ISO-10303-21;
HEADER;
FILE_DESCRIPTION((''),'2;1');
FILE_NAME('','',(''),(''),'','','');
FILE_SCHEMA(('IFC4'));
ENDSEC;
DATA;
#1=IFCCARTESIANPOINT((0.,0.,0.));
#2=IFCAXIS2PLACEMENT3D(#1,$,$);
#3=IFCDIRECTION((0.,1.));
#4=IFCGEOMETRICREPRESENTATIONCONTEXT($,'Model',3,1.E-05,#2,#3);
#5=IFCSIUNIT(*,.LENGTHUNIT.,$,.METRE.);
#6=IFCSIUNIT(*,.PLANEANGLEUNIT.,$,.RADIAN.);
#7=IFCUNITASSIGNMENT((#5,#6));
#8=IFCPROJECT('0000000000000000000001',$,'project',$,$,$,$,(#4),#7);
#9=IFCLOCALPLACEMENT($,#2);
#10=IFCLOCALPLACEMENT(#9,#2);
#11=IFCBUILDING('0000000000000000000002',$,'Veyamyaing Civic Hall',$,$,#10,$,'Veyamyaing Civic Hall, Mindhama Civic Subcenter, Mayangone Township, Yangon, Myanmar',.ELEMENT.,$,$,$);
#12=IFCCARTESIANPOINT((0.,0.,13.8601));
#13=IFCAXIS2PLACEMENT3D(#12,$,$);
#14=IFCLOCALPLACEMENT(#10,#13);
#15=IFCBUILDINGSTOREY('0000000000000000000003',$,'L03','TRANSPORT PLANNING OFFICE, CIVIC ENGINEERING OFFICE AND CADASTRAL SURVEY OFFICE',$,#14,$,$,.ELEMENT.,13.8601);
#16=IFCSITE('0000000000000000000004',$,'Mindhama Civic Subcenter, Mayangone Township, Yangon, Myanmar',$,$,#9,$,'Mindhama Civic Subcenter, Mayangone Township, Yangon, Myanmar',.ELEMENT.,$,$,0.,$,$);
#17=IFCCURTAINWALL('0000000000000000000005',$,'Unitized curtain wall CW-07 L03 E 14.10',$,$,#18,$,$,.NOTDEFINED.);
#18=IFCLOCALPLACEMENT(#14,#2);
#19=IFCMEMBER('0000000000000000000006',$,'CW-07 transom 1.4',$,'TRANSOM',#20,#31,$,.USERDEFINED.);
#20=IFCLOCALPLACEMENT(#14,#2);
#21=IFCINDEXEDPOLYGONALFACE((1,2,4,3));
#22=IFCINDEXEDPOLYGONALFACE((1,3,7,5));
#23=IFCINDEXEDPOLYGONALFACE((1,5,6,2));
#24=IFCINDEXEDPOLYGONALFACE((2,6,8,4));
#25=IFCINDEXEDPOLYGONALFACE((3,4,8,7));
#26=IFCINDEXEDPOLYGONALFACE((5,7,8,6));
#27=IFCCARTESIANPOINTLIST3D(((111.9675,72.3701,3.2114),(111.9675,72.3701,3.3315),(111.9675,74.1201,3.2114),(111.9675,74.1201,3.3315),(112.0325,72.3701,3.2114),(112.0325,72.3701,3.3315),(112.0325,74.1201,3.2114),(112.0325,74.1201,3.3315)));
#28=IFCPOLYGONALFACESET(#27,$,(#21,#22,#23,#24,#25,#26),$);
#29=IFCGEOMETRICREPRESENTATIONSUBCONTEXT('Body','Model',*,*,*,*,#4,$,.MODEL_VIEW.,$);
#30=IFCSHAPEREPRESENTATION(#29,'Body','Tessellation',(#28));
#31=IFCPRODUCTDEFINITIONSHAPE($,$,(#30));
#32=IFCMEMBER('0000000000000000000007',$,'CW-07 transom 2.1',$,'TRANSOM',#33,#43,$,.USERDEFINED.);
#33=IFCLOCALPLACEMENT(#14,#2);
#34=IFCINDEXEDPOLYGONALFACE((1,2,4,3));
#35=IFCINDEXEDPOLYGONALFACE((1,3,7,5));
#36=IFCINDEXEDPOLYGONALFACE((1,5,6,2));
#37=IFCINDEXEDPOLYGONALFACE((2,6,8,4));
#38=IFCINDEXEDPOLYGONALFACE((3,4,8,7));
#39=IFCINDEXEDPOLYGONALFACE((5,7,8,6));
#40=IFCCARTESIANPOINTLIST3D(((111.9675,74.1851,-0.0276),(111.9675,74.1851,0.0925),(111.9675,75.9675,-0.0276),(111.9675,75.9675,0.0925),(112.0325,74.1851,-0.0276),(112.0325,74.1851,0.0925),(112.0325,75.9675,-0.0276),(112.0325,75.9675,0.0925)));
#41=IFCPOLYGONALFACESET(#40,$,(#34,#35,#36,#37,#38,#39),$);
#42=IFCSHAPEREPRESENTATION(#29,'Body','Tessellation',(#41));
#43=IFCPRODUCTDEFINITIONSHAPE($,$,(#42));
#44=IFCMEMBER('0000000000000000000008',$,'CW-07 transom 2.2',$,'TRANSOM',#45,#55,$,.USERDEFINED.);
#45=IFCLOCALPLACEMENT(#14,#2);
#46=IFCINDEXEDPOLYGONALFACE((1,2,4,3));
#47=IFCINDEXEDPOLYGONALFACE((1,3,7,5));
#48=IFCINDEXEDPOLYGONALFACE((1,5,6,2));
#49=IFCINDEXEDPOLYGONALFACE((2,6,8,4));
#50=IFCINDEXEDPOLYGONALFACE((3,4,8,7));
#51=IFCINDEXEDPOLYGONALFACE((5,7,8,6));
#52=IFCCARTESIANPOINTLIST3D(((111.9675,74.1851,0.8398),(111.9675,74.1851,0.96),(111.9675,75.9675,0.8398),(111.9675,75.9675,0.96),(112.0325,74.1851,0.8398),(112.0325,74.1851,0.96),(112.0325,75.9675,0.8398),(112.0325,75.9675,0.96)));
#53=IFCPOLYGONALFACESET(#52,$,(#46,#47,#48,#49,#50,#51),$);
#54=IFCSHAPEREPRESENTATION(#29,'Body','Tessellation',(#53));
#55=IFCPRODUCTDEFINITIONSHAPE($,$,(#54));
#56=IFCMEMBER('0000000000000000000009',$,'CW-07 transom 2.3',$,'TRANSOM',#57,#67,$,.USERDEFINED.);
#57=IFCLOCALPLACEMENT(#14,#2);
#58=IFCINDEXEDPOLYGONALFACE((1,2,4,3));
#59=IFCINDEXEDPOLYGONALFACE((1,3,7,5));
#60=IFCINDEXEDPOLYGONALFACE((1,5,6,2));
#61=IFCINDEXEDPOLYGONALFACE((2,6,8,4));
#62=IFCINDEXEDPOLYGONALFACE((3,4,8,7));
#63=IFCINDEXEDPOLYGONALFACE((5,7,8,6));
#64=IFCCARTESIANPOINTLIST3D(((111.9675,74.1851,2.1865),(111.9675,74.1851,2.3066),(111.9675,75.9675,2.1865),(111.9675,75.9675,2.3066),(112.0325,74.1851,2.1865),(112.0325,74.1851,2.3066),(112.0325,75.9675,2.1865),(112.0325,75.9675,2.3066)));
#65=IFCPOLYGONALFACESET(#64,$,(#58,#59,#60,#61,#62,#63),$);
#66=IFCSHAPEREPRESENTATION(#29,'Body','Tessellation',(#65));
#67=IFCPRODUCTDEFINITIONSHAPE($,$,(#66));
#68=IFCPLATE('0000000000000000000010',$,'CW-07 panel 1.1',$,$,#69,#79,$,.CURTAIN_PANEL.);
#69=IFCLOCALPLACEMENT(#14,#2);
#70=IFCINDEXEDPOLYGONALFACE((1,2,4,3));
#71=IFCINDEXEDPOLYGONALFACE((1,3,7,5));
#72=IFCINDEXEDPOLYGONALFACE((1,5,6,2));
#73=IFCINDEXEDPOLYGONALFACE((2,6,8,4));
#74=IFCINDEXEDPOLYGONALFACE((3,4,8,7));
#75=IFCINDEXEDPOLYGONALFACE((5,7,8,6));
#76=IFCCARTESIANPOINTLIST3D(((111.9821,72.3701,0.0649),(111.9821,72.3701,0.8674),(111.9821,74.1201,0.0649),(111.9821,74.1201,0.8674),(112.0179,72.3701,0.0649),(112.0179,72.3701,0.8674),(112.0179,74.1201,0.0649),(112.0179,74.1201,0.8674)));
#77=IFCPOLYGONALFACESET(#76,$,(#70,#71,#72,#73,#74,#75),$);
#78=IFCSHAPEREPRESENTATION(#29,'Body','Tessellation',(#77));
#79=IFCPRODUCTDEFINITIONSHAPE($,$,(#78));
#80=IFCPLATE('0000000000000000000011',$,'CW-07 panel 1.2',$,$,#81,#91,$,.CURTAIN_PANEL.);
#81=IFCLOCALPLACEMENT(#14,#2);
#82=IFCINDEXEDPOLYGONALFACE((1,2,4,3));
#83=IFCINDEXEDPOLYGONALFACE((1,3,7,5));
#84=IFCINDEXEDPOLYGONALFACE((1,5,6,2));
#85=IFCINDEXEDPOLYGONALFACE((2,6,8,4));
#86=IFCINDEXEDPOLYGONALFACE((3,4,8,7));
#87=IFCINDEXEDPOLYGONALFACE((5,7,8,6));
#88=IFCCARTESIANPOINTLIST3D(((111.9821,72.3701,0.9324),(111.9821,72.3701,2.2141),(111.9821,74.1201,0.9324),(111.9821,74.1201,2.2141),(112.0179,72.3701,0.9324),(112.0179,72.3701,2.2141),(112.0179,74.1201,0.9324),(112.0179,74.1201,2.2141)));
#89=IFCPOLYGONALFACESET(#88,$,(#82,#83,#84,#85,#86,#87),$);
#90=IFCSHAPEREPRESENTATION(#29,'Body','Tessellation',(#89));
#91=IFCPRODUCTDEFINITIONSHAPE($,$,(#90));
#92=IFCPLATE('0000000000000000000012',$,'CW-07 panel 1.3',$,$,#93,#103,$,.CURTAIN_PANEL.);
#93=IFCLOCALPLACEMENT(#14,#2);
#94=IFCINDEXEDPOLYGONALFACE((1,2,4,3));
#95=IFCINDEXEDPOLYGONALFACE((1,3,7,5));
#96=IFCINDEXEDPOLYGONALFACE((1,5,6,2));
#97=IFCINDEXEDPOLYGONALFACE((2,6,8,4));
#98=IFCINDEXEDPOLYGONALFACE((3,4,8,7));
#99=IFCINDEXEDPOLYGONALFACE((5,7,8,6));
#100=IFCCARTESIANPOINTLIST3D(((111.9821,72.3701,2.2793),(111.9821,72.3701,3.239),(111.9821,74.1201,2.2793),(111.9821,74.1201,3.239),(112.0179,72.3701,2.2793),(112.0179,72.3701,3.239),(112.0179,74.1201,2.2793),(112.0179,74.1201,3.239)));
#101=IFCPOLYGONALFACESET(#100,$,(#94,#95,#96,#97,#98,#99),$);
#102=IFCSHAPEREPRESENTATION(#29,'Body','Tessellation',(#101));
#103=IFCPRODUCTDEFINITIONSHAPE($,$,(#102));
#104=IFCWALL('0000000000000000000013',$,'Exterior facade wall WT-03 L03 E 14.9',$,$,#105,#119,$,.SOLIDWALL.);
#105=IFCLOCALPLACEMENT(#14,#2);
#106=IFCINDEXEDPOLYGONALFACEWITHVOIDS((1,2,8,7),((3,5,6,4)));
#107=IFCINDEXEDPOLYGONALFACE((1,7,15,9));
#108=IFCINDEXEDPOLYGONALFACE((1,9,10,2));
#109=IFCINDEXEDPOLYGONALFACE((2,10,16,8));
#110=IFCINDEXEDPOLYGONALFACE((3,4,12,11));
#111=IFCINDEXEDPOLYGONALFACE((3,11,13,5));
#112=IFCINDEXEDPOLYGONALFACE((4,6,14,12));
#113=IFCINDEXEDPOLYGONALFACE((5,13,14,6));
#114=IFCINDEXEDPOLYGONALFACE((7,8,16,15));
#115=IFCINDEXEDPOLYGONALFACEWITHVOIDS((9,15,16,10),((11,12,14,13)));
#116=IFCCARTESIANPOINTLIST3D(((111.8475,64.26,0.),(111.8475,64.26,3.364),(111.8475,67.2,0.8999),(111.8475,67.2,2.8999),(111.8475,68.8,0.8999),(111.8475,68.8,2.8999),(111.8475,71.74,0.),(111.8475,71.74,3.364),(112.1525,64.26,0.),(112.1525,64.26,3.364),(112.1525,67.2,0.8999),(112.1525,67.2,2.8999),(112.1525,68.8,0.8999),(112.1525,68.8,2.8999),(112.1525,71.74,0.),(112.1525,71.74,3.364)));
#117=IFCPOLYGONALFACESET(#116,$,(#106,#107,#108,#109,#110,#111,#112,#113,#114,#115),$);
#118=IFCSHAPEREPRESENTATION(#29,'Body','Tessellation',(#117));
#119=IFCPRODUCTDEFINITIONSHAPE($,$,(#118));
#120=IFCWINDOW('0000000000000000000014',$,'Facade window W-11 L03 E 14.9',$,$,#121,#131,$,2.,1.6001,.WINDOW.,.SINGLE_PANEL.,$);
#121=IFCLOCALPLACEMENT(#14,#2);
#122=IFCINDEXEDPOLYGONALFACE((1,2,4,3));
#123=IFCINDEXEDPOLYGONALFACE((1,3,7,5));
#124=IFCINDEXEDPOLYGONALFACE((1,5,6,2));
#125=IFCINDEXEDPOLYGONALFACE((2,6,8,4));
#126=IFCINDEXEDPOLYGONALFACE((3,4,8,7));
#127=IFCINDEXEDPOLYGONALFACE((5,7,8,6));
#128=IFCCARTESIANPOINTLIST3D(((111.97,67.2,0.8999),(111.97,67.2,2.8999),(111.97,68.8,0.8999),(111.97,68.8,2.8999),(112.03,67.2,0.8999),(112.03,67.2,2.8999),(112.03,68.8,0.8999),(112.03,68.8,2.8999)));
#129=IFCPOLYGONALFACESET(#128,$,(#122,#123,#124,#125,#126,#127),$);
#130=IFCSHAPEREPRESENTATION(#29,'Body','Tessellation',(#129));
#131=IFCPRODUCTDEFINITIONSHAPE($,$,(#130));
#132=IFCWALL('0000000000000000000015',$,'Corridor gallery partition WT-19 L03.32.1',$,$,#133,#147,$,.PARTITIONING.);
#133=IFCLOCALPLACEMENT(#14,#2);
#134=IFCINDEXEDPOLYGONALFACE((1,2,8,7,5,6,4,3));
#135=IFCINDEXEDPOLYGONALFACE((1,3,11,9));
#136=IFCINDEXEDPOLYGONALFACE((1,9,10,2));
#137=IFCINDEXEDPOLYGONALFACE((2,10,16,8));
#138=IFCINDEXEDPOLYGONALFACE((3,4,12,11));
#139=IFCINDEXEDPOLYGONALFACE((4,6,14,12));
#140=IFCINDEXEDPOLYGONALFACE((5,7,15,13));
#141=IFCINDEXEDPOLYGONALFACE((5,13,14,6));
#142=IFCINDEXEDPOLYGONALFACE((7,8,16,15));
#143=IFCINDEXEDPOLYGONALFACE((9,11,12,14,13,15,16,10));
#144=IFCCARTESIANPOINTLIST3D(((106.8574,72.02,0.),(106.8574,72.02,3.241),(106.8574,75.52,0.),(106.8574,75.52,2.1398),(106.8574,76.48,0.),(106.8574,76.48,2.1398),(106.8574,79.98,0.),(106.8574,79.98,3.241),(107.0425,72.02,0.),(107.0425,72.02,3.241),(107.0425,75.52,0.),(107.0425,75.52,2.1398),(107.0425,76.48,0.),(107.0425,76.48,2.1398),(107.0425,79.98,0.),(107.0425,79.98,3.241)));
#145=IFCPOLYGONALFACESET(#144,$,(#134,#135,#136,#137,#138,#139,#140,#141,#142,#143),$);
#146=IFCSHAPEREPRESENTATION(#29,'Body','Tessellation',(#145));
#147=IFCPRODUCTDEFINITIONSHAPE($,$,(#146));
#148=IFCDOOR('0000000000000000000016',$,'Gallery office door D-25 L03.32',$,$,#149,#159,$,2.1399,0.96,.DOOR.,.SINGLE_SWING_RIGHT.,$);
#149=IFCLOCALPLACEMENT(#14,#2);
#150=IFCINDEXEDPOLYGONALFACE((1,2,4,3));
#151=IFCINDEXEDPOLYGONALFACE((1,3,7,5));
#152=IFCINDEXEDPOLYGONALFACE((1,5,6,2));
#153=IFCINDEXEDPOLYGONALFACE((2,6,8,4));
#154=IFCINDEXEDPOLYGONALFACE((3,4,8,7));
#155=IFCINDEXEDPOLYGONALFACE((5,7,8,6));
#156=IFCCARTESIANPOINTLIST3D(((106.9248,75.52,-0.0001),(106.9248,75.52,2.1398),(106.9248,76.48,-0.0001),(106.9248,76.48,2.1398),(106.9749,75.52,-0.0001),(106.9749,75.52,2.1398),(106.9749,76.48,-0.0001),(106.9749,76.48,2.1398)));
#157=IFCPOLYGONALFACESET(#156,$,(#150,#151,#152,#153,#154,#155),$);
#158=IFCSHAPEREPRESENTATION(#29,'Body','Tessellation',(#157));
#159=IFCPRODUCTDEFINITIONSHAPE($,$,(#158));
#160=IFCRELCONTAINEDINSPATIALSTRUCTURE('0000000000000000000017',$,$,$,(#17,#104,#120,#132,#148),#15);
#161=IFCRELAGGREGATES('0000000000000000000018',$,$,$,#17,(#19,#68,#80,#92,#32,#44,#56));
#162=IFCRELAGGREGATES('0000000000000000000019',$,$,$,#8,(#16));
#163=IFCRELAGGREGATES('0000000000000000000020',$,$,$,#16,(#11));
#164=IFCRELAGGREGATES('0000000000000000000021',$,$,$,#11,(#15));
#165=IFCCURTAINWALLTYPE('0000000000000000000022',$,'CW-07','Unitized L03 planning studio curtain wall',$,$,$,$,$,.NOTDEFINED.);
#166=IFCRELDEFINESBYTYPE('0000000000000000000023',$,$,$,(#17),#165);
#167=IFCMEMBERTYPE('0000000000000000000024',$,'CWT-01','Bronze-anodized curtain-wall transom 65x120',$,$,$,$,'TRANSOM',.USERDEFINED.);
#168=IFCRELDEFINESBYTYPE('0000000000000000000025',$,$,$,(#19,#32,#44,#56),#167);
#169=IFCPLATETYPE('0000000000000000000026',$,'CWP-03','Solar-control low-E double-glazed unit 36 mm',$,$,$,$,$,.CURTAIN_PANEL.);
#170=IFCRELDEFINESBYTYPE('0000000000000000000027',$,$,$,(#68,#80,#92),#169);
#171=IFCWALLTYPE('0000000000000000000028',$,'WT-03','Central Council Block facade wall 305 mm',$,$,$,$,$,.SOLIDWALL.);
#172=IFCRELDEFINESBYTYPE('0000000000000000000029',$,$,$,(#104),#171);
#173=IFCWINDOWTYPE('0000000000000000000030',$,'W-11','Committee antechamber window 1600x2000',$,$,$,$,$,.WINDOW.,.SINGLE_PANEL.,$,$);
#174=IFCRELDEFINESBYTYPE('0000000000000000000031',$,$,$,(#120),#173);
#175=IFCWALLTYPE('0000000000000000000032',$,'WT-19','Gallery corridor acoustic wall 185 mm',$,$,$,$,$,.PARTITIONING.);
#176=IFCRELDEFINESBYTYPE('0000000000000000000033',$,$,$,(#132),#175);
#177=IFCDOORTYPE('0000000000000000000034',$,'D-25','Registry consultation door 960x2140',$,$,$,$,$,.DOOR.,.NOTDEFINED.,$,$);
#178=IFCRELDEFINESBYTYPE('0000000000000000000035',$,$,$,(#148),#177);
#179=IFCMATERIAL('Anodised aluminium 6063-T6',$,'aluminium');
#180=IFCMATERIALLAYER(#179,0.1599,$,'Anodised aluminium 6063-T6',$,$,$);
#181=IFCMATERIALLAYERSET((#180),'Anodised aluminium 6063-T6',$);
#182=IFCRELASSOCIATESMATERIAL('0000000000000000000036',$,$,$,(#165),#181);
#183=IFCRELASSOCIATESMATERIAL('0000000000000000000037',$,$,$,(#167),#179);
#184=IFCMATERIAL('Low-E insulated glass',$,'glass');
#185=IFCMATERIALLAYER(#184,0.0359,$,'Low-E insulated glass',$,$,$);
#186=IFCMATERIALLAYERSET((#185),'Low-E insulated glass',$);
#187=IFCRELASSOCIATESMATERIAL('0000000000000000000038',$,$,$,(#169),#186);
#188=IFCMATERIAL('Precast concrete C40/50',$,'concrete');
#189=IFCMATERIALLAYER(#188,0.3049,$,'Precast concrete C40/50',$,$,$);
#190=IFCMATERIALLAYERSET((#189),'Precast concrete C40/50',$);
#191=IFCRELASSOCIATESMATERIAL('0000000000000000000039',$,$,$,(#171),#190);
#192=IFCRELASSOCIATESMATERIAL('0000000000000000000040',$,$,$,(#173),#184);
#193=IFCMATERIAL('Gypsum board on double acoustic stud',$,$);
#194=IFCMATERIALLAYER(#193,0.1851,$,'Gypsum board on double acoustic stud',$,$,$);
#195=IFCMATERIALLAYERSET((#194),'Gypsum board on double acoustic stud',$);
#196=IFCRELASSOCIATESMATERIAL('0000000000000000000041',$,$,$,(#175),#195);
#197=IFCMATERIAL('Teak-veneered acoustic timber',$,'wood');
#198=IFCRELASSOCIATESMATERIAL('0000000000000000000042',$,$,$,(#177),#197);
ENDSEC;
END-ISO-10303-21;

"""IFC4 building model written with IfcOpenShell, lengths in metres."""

from ifc_helpers import new_model, si_unit, direction, frame, frame_2d, origin, origin_2d, place, context, subcontext, project, spatial, rectangle, extrude, material, layer, layer_set, material_profile, profile_set, type_object, element, fill, aggregate, save


model = new_model("IFC4")

# Units and contexts
model_context = context("Model", 3, precision=1e-05, world=origin(), true_north=direction((0.0, 1.0)))
body_context = subcontext(model_context, "Body", "Model", "MODEL_VIEW")
ifc_project = project(units=[si_unit("LENGTHUNIT", "METRE"), si_unit("PLANEANGLEUNIT", "RADIAN")], contexts=[model_context])

# Site, building, storey
site_placement = place(None, origin())
site = spatial("IfcSite", under=ifc_project, at=site_placement, Name="Mindhama Civic Subcenter, Mayangone Township, Yangon, Myanmar", LongName="Mindhama Civic Subcenter, Mayangone Township, Yangon, Myanmar", CompositionType="ELEMENT", RefElevation=0.0)
building_placement = place(site_placement, origin())
building = spatial("IfcBuilding", under=site, at=building_placement, Name="Veyamyaing Civic Hall", LongName="Veyamyaing Civic Hall, Mindhama Civic Subcenter, Mayangone Township, Yangon, Myanmar", CompositionType="ELEMENT")
storey_placement = place(building_placement, frame((0.0, 0.0, 13.8601)))
storey = spatial("IfcBuildingStorey", under=building, at=storey_placement, Name="L03", Description="TRANSPORT PLANNING OFFICE, CIVIC ENGINEERING OFFICE AND CADASTRAL SURVEY OFFICE", CompositionType="ELEMENT", Elevation=13.8601)

# Curtain wall, members, plates
ifc_material_1 = material(Name="Anodised aluminium 6063-T6", Category="aluminium")
ifc_layer_1 = layer(ifc_material_1, 0.1599, Name="Anodised aluminium 6063-T6")
ifc_layer_set_1 = layer_set([ifc_layer_1], Name="Anodised aluminium 6063-T6")
curtain_wall_type = type_object("IfcCurtainWallType", Name="CW-07", Description="Unitized L03 planning studio curtain wall", PredefinedType="NOTDEFINED", material=ifc_layer_set_1)
curtain_wall_placement = place(storey_placement, origin())
curtain_wall = element("IfcCurtainWall", 1, at=curtain_wall_placement, inside=storey, type_object=curtain_wall_type, Name="Unitized curtain wall CW-07 L03 E 14.10", PredefinedType="NOTDEFINED")
ifc_material_profile_1 = material_profile(ifc_material_1, rectangle(XDim=0.0649, YDim=0.1201, at=origin_2d()), Name="ALU-TRN-65X120")
ifc_profile_set_1 = profile_set([ifc_material_profile_1], Name="Anodised aluminium 6063-T6")
member_type_1 = type_object("IfcMemberType", Name="CWT-01", Description="Bronze-anodized curtain-wall transom 65x120", ElementType="TRANSOM", PredefinedType="USERDEFINED", material=ifc_profile_set_1)
member_1_placement = place(storey_placement, frame((112.0, 72.3701, 3.2715), z_axis=(0.0, 1.0, 0.0), x_axis=(-1.0, 0.0, 0.0)))
member_1 = element("IfcMember", 2, at=member_1_placement, type_object=member_type_1, Name="CW-07 transom 1.4", ObjectType="TRANSOM", PredefinedType="USERDEFINED", context=body_context, shape_type="SweptSolid", body=[
    extrude(rectangle(XDim=0.0649, YDim=0.1201, at=origin_2d()), origin(), (0.0, 0.0, 1.0), 1.75),
])
member_2_placement = place(storey_placement, frame((112.0, 74.1851, 0.0325), z_axis=(0.0, 1.0, 0.0), x_axis=(-1.0, 0.0, 0.0)))
member_2 = element("IfcMember", 3, at=member_2_placement, type_object=member_type_1, Name="CW-07 transom 2.1", ObjectType="TRANSOM", PredefinedType="USERDEFINED", context=body_context, shape_type="SweptSolid", body=[
    extrude(rectangle(XDim=0.0649, YDim=0.1201, at=origin_2d()), origin(), (0.0, 0.0, 1.0), 1.7825),
])
member_3_placement = place(storey_placement, frame((112.0, 74.1851, 0.8999), z_axis=(0.0, 1.0, 0.0), x_axis=(-1.0, 0.0, 0.0)))
member_3 = element("IfcMember", 4, at=member_3_placement, type_object=member_type_1, Name="CW-07 transom 2.2", ObjectType="TRANSOM", PredefinedType="USERDEFINED", context=body_context, shape_type="SweptSolid", body=[
    extrude(rectangle(XDim=0.0649, YDim=0.1201, at=origin_2d()), origin(), (0.0, 0.0, 1.0), 1.7825),
])
member_4_placement = place(storey_placement, frame((112.0, 74.1851, 2.2466), z_axis=(0.0, 1.0, 0.0), x_axis=(-1.0, 0.0, 0.0)))
member_4 = element("IfcMember", 5, at=member_4_placement, type_object=member_type_1, Name="CW-07 transom 2.3", ObjectType="TRANSOM", PredefinedType="USERDEFINED", context=body_context, shape_type="SweptSolid", body=[
    extrude(rectangle(XDim=0.0649, YDim=0.1201, at=origin_2d()), origin(), (0.0, 0.0, 1.0), 1.7825),
])
ifc_material_2 = material(Name="Low-E insulated glass", Category="glass")
ifc_layer_2 = layer(ifc_material_2, 0.0359, Name="Low-E insulated glass")
ifc_layer_set_2 = layer_set([ifc_layer_2], Name="Low-E insulated glass")
plate_type = type_object("IfcPlateType", Name="CWP-03", Description="Solar-control low-E double-glazed unit 36 mm", PredefinedType="CURTAIN_PANEL", material=ifc_layer_set_2)
plate_1_placement = place(storey_placement, frame((112.0, 73.2451, 0.0649), z_axis=(0.0, 0.0, 1.0), x_axis=(0.0, 1.0, 0.0)))
plate_1 = element("IfcPlate", 6, at=plate_1_placement, type_object=plate_type, Name="CW-07 panel 1.1", PredefinedType="CURTAIN_PANEL", context=body_context, shape_type="SweptSolid", body=[
    extrude(rectangle(XDim=1.75, YDim=0.0359, at=origin_2d()), origin(), (0.0, 0.0, 1.0), 0.8025),
])
plate_2_placement = place(storey_placement, frame((112.0, 73.2451, 0.9324), z_axis=(0.0, 0.0, 1.0), x_axis=(0.0, 1.0, 0.0)))
plate_2 = element("IfcPlate", 7, at=plate_2_placement, type_object=plate_type, Name="CW-07 panel 1.2", PredefinedType="CURTAIN_PANEL", context=body_context, shape_type="SweptSolid", body=[
    extrude(rectangle(XDim=1.75, YDim=0.0359, at=origin_2d()), origin(), (0.0, 0.0, 1.0), 1.2817),
])
plate_3_placement = place(storey_placement, frame((112.0, 73.2451, 2.2793), z_axis=(0.0, 0.0, 1.0), x_axis=(0.0, 1.0, 0.0)))
plate_3 = element("IfcPlate", 8, at=plate_3_placement, type_object=plate_type, Name="CW-07 panel 1.3", PredefinedType="CURTAIN_PANEL", context=body_context, shape_type="SweptSolid", body=[
    extrude(rectangle(XDim=1.75, YDim=0.0359, at=origin_2d()), origin(), (0.0, 0.0, 1.0), 0.9597),
])
aggregate(curtain_wall, [member_1, plate_1, plate_2, plate_3, member_2, member_3, member_4])

# Wall, opening, window
ifc_material_3 = material(Name="Precast concrete C40/50", Category="concrete")
ifc_layer_3 = layer(ifc_material_3, 0.3049, Name="Precast concrete C40/50")
ifc_layer_set_3 = layer_set([ifc_layer_3], Name="Precast concrete C40/50")
wall_type_1 = type_object("IfcWallType", Name="WT-03", Description="Central Council Block facade wall 305 mm", PredefinedType="SOLIDWALL", material=ifc_layer_set_3)
wall_1_placement = place(storey_placement, frame((112.0, 64.26, 0.0), z_axis=(0.0, 0.0, 1.0), x_axis=(0.0, 1.0, 0.0)))
wall_1 = element("IfcWall", 9, at=wall_1_placement, inside=storey, type_object=wall_type_1, Name="Exterior facade wall WT-03 L03 E 14.9", PredefinedType="SOLIDWALL", context=body_context, shape_type="SweptSolid", body=[
    extrude(rectangle(XDim=7.48, YDim=0.3049, at=frame_2d((3.74, 0.0))), origin(), (0.0, 0.0, 1.0), 3.364),
])
opening_1_placement = place(wall_1_placement, frame((2.9399, 0.0, 0.8999)))
opening_1 = element("IfcOpeningElement", 10, at=opening_1_placement, cuts=wall_1, PredefinedType="OPENING", context=body_context, shape_type="SweptSolid", body=[
    extrude(rectangle(XDim=1.6001, YDim=2.0, at=frame_2d((0.8, 1.0))), frame((0.0, 0.1624, 0.0), z_axis=(0.0, -1.0, 0.0), x_axis=(1.0, 0.0, 0.0)), (0.0, 0.0, 1.0), 0.325),
])
window_type = type_object("IfcWindowType", Name="W-11", Description="Committee antechamber window 1600x2000", PartitioningType="SINGLE_PANEL", PredefinedType="WINDOW", material=ifc_material_2)
window_placement = place(opening_1_placement, origin())
window = element("IfcWindow", 11, at=window_placement, inside=storey, type_object=window_type, Name="Facade window W-11 L03 E 14.9", OverallHeight=2.0, OverallWidth=1.6001, PartitioningType="SINGLE_PANEL", PredefinedType="WINDOW", context=body_context, shape_type="SweptSolid", body=[
    extrude(rectangle(XDim=1.6001, YDim=2.0, at=frame_2d((0.8, 1.0))), frame((0.0, 0.03, 0.0), z_axis=(0.0, -1.0, 0.0), x_axis=(1.0, 0.0, 0.0)), (0.0, 0.0, 1.0), 0.0601),
])
fill(opening_1, window)

# Wall, opening, door
ifc_material_4 = material(Name="Gypsum board on double acoustic stud")
ifc_layer_4 = layer(ifc_material_4, 0.1851, Name="Gypsum board on double acoustic stud")
ifc_layer_set_4 = layer_set([ifc_layer_4], Name="Gypsum board on double acoustic stud")
wall_type_2 = type_object("IfcWallType", Name="WT-19", Description="Gallery corridor acoustic wall 185 mm", PredefinedType="PARTITIONING", material=ifc_layer_set_4)
wall_2_placement = place(storey_placement, frame((106.95, 72.02, 0.0), z_axis=(0.0, 0.0, 1.0), x_axis=(0.0, 1.0, 0.0)))
wall_2 = element("IfcWall", 12, at=wall_2_placement, inside=storey, type_object=wall_type_2, Name="Corridor gallery partition WT-19 L03.32.1", PredefinedType="PARTITIONING", context=body_context, shape_type="SweptSolid", body=[
    extrude(rectangle(XDim=7.96, YDim=0.1851, at=frame_2d((3.98, 0.0))), origin(), (0.0, 0.0, 1.0), 3.241),
])
opening_2_placement = place(wall_2_placement, frame((3.5, 0.0, 0.0)))
opening_2 = element("IfcOpeningElement", 13, at=opening_2_placement, cuts=wall_2, PredefinedType="OPENING", context=body_context, shape_type="SweptSolid", body=[
    extrude(rectangle(XDim=0.96, YDim=2.1399, at=frame_2d((0.48, 1.0698))), frame((0.0, 0.1025, 0.0), z_axis=(0.0, -1.0, 0.0), x_axis=(1.0, 0.0, 0.0)), (0.0, 0.0, 1.0), 0.2051),
])
ifc_material_5 = material(Name="Teak-veneered acoustic timber", Category="wood")
door_type = type_object("IfcDoorType", Name="D-25", Description="Registry consultation door 960x2140", OperationType="NOTDEFINED", PredefinedType="DOOR", material=ifc_material_5)
door_placement = place(opening_2_placement, frame((0.96, 0.0, 0.0), z_axis=(0.0, 0.0, 1.0), x_axis=(-1.0, 0.0, 0.0)))
door = element("IfcDoor", 14, at=door_placement, inside=storey, type_object=door_type, Name="Gallery office door D-25 L03.32", OperationType="SINGLE_SWING_RIGHT", OverallHeight=2.1399, OverallWidth=0.96, PredefinedType="DOOR", context=body_context, shape_type="SweptSolid", body=[
    extrude(rectangle(XDim=0.96, YDim=2.1399, at=frame_2d((0.48, 1.0698))), frame((0.0, 0.0249, 0.0), z_axis=(0.0, -1.0, 0.0), x_axis=(1.0, 0.0, 0.0)), (0.0, 0.0, 1.0), 0.05),
])
fill(opening_2, door)

save(model, "model.ifc")
